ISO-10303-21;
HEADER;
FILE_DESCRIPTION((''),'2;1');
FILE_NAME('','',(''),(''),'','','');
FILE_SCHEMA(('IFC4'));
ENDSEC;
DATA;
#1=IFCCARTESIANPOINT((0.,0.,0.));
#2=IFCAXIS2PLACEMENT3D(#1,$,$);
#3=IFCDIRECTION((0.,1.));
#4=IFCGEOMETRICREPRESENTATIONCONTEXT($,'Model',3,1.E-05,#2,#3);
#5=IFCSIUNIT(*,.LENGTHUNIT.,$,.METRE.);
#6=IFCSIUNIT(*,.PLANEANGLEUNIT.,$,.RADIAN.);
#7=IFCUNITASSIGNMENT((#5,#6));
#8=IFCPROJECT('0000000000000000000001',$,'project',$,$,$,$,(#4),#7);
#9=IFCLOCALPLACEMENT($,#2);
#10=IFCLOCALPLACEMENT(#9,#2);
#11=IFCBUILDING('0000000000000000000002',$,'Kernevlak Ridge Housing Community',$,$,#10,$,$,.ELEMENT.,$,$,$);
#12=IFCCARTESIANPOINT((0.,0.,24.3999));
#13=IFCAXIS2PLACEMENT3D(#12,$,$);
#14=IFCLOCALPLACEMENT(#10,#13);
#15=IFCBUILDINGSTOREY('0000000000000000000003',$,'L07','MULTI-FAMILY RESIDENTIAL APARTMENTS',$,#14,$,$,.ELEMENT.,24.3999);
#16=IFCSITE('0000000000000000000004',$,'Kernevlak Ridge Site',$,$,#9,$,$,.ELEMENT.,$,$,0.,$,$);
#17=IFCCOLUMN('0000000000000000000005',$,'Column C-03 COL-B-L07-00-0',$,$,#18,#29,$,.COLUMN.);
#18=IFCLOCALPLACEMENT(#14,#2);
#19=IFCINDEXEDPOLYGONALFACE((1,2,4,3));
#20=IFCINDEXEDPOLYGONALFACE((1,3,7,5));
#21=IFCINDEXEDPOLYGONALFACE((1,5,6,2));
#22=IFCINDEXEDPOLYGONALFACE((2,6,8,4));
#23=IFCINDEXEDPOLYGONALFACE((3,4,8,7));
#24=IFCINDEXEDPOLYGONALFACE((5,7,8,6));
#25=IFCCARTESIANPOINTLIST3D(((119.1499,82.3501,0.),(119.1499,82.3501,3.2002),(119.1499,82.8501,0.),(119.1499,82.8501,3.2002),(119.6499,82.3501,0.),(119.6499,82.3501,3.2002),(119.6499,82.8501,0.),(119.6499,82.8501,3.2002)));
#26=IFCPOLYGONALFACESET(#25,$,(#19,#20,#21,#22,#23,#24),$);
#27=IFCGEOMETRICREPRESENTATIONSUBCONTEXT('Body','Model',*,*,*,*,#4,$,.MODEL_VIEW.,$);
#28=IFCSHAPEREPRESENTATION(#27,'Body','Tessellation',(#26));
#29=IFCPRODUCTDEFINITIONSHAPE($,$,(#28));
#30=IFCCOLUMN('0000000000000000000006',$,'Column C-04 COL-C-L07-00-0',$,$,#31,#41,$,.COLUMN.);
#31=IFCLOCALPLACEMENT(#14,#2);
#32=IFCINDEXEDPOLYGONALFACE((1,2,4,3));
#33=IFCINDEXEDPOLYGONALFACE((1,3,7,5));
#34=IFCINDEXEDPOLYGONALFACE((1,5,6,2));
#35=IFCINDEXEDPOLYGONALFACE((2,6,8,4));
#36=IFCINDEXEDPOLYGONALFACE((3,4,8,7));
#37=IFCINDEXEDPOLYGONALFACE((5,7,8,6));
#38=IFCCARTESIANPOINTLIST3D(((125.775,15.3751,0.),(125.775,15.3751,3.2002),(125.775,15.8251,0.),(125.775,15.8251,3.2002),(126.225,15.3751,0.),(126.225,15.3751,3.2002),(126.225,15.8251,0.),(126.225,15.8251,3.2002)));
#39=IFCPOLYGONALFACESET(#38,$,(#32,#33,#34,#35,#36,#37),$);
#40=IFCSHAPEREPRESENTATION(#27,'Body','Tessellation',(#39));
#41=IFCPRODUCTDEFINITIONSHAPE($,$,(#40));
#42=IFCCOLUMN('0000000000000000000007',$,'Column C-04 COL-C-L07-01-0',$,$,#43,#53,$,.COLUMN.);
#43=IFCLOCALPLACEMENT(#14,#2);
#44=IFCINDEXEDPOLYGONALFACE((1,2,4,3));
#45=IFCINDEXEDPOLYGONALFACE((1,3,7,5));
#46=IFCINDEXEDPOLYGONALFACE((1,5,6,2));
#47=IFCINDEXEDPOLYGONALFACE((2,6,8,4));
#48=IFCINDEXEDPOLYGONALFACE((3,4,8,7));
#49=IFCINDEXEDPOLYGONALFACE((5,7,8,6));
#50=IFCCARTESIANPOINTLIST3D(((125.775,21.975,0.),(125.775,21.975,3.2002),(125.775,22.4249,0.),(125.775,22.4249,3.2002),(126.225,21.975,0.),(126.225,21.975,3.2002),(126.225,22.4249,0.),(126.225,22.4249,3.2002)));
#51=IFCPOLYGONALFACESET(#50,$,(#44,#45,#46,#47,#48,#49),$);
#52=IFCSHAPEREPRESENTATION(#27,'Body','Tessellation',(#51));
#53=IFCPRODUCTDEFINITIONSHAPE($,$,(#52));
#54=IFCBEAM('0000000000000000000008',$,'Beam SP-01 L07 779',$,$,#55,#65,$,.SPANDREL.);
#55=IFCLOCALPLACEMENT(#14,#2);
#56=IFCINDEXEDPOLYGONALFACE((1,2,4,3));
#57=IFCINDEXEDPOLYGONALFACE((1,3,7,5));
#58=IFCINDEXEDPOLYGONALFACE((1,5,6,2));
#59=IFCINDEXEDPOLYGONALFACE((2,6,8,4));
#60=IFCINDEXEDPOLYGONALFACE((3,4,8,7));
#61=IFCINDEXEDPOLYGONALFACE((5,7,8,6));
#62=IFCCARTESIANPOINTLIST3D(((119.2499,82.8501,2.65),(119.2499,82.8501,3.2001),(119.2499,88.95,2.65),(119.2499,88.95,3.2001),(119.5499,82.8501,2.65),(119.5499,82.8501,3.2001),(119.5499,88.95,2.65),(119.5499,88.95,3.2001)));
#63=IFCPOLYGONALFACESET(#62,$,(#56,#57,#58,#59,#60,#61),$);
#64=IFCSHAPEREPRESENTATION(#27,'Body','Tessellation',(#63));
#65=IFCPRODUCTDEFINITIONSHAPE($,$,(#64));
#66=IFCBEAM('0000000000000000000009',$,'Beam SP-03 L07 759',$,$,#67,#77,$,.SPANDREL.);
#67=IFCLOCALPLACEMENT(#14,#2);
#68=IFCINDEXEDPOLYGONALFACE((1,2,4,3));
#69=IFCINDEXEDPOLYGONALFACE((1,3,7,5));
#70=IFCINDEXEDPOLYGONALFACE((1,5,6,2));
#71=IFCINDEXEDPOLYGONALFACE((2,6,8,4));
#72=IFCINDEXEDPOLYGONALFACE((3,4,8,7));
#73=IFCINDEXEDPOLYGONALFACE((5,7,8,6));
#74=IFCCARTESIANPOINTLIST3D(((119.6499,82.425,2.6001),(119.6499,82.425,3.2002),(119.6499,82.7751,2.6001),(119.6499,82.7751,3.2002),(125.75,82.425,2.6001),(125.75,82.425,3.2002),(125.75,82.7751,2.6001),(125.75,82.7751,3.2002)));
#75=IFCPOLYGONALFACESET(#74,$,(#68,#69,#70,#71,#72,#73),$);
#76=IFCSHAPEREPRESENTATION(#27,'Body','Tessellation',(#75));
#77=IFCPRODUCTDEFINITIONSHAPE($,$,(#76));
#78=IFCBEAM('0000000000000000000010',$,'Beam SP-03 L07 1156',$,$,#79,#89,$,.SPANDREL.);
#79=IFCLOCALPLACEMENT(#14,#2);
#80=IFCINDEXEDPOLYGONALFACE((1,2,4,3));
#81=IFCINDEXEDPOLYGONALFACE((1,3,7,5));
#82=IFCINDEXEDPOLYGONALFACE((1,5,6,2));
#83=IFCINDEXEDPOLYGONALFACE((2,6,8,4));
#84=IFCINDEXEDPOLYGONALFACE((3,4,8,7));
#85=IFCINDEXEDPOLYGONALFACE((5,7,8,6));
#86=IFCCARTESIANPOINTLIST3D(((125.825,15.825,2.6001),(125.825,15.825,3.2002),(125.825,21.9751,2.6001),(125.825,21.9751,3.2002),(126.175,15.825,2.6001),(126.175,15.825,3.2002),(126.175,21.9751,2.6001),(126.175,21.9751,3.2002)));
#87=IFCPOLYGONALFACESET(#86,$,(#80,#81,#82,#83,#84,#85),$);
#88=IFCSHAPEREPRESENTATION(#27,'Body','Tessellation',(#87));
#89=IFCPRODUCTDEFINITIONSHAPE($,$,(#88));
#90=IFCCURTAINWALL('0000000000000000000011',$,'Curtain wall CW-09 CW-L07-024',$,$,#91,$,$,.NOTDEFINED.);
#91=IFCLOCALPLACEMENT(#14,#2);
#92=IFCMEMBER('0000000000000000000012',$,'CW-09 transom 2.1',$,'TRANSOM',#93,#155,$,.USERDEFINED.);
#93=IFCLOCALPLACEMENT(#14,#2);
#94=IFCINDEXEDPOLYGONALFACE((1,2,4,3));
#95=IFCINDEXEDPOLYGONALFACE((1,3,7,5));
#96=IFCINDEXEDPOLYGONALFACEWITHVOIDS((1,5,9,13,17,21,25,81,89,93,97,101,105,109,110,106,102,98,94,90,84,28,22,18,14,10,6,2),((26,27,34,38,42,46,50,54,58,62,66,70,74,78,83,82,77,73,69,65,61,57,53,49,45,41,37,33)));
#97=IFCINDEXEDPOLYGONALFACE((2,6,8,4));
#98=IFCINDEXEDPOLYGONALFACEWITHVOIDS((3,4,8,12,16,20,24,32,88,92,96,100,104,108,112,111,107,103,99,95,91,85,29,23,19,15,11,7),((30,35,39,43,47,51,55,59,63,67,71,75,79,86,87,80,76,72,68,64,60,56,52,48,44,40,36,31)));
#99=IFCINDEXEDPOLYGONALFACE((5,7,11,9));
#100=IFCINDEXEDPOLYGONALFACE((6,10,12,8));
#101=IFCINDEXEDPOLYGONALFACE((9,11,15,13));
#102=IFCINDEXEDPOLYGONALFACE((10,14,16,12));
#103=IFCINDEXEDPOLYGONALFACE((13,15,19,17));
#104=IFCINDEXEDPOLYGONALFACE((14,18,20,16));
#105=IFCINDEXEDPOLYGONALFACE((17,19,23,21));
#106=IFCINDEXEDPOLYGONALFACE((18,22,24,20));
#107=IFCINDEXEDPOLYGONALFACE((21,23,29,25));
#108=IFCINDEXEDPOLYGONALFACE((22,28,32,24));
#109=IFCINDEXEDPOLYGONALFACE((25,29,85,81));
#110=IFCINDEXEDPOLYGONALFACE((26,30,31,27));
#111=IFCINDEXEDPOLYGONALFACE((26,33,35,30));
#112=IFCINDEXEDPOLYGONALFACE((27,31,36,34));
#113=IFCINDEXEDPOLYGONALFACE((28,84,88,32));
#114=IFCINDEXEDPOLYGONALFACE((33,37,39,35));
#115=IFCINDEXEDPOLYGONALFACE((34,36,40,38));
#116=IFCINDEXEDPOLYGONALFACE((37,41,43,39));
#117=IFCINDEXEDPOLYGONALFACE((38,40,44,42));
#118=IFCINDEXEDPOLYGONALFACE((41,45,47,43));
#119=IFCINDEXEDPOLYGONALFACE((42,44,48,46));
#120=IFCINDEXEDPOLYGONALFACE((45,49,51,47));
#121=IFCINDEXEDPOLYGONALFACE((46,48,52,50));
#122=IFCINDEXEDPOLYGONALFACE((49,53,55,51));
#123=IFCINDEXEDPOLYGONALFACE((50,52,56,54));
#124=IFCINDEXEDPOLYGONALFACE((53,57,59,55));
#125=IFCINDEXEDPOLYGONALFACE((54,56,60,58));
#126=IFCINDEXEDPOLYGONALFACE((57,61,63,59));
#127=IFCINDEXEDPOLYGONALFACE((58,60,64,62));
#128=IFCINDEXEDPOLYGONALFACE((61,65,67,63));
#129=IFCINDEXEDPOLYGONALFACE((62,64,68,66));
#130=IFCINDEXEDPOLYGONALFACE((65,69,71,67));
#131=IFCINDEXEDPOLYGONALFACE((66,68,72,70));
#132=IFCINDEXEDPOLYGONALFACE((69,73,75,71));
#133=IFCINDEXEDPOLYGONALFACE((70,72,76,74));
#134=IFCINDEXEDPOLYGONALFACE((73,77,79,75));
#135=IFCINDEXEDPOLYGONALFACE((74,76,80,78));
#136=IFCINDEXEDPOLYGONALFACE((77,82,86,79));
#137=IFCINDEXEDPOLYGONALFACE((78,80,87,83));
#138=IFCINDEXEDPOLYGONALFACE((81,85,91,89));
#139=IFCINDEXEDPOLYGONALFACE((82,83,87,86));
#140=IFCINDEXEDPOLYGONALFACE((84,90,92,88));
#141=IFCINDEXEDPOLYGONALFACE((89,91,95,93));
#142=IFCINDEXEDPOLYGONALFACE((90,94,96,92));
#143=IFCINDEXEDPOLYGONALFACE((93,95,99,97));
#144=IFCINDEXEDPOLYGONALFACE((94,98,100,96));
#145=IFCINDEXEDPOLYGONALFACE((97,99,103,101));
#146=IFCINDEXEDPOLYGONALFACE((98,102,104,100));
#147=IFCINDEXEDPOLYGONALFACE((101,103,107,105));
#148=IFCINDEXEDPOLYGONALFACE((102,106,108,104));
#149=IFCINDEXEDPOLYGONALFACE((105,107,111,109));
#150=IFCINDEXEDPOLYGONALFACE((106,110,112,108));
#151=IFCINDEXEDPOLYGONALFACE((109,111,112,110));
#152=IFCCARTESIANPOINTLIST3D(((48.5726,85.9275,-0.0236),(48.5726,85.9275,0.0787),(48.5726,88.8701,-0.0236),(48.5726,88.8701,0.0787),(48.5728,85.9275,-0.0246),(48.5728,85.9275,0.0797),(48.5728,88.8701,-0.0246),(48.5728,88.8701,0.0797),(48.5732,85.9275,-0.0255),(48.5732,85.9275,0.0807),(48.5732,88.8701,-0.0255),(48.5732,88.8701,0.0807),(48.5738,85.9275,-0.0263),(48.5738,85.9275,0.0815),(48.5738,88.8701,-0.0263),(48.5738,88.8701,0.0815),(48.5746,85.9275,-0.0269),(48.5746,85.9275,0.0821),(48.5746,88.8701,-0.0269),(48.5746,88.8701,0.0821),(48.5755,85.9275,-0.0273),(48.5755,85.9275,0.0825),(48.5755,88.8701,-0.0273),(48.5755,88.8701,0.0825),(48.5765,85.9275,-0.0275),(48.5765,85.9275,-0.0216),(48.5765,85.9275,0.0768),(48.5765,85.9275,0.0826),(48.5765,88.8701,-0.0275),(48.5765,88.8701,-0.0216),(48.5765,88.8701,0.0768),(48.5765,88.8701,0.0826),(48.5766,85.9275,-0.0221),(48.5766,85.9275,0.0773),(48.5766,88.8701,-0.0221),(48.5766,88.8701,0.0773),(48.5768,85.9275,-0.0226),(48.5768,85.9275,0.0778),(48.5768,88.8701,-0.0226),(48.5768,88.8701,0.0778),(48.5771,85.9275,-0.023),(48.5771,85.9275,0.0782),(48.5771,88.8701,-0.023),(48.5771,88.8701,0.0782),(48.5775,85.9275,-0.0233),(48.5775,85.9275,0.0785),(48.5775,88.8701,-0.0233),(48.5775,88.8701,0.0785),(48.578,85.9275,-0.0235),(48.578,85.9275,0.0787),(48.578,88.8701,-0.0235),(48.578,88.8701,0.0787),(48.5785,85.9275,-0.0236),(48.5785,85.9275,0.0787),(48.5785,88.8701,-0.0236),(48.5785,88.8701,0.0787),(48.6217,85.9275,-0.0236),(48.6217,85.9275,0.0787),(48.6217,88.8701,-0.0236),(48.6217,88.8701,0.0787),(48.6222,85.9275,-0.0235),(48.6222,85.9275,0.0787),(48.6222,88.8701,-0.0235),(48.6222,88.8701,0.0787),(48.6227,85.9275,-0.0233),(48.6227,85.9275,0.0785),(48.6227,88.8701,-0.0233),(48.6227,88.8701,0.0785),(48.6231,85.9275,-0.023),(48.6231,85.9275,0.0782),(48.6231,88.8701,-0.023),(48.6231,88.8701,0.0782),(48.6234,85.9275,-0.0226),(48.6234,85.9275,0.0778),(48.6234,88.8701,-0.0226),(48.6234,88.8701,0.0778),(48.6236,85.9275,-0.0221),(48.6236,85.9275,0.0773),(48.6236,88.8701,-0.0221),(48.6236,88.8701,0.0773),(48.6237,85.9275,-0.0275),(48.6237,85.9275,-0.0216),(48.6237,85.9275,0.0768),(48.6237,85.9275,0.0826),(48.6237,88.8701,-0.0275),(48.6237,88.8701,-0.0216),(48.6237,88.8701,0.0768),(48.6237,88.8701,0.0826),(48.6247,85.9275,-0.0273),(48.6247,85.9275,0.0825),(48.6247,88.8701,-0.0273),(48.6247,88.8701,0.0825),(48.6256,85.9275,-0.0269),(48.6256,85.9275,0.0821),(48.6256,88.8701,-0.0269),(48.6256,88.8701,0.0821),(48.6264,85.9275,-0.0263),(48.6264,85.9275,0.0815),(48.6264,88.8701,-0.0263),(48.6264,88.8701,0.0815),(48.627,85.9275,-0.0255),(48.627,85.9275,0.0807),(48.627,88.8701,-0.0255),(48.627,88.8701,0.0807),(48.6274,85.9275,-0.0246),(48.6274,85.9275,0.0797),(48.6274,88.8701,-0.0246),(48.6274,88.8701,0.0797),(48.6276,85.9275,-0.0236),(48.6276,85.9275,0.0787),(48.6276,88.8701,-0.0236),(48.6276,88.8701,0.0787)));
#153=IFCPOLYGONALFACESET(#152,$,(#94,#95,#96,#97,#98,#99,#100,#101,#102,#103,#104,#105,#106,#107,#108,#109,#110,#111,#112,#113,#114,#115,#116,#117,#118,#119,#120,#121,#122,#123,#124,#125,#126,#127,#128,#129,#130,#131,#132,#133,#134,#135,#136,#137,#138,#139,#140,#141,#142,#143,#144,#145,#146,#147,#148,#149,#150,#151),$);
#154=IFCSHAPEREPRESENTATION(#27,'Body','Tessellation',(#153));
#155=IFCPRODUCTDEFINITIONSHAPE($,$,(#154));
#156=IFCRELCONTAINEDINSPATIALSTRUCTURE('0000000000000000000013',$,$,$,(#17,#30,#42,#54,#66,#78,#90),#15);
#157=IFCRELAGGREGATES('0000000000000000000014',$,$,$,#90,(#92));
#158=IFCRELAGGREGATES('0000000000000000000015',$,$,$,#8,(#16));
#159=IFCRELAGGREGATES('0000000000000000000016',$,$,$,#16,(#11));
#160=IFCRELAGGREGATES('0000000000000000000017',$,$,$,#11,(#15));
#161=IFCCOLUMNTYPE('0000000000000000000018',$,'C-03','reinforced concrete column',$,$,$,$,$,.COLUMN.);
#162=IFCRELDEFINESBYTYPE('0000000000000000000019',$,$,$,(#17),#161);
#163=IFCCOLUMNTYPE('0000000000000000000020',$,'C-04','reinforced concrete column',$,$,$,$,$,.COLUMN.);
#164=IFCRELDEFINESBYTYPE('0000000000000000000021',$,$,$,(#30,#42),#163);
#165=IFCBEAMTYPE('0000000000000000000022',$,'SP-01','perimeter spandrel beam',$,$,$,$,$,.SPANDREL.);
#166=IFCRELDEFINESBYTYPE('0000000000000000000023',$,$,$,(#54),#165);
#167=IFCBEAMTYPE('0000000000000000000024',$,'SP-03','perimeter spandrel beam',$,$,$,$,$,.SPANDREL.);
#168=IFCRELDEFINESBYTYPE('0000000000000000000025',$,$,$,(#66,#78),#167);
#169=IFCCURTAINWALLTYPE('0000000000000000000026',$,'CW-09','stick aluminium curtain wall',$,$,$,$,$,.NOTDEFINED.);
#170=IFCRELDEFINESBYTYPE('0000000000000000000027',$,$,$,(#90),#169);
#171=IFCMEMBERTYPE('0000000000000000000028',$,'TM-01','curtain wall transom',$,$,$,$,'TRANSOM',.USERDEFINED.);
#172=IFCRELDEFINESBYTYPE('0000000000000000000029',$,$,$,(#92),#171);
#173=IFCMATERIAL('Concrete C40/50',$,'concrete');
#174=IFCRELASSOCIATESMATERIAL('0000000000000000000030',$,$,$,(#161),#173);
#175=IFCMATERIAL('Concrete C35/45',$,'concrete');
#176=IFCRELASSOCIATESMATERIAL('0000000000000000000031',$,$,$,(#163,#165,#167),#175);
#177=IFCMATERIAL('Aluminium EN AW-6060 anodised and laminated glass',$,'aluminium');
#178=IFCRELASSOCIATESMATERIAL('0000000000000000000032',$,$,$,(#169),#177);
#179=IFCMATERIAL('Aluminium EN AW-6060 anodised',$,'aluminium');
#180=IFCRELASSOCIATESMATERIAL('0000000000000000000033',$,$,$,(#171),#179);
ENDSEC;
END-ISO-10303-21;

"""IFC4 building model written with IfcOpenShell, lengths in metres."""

from ifc_helpers import new_model, si_unit, direction, frame, origin, origin_2d, place, context, subcontext, project, spatial, rectangle, hollow_rectangle, extrude, material, material_profile, profile_set, type_object, element, aggregate, save


model = new_model("IFC4")

# Units and contexts
model_context = context("Model", 3, precision=1e-05, world=origin(), true_north=direction((0.0, 1.0)))
body_context = subcontext(model_context, "Body", "Model", "MODEL_VIEW")
ifc_project = project(units=[si_unit("LENGTHUNIT", "METRE"), si_unit("PLANEANGLEUNIT", "RADIAN")], contexts=[model_context])

# Site, building, storey
site_placement = place(None, origin())
site = spatial("IfcSite", under=ifc_project, at=site_placement, Name="Kernevlak Ridge Site", CompositionType="ELEMENT", RefElevation=0.0)
building_placement = place(site_placement, origin())
building = spatial("IfcBuilding", under=site, at=building_placement, Name="Kernevlak Ridge Housing Community", CompositionType="ELEMENT")
storey_placement = place(building_placement, frame((0.0, 0.0, 24.3999)))
storey = spatial("IfcBuildingStorey", under=building, at=storey_placement, Name="L07", Description="MULTI-FAMILY RESIDENTIAL APARTMENTS", CompositionType="ELEMENT", Elevation=24.3999)

# Columns
ifc_material_1 = material(Name="Concrete C40/50", Category="concrete")
ifc_material_profile_1 = material_profile(ifc_material_1, rectangle(XDim=0.5, YDim=0.5, at=origin_2d()), Name="RC 500x500")
ifc_profile_set_1 = profile_set([ifc_material_profile_1], Name="Concrete C40/50")
column_type_1 = type_object("IfcColumnType", Name="C-03", Description="reinforced concrete column", PredefinedType="COLUMN", material=ifc_profile_set_1)
column_placement = place(storey_placement, frame((119.3999, 82.6001, 0.0), z_axis=(0.0, 0.0, 1.0), x_axis=(1.0, 0.0, 0.0)))
element("IfcColumn", 1, at=column_placement, inside=storey, type_object=column_type_1, Name="Column C-03 COL-B-L07-00-0", PredefinedType="COLUMN", context=body_context, shape_type="SweptSolid", body=[
    extrude(rectangle(XDim=0.5, YDim=0.5, at=origin_2d()), origin(), (0.0, 0.0, 1.0), 3.2002),
])
ifc_material_2 = material(Name="Concrete C35/45", Category="concrete")
ifc_material_profile_2 = material_profile(ifc_material_2, rectangle(XDim=0.45, YDim=0.45, at=origin_2d()), Name="RC 450x450")
ifc_profile_set_2 = profile_set([ifc_material_profile_2], Name="Concrete C35/45")
column_type_2 = type_object("IfcColumnType", Name="C-04", Description="reinforced concrete column", PredefinedType="COLUMN", material=ifc_profile_set_2)
for number, where, z_axis, x_axis, name in (
    (2, (126.0, 15.6001, 0.0), (0.0, 0.0, 1.0), (1.0, 0.0, 0.0), "Column C-04 COL-C-L07-00-0"),
    (3, (126.0, 22.2, 0.0), (0.0, 0.0, 1.0), (1.0, 0.0, 0.0), "Column C-04 COL-C-L07-01-0"),
):
    element("IfcColumn", number, at=place(storey_placement, frame(where, z_axis=z_axis, x_axis=x_axis)), inside=storey, type_object=column_type_2, Name=name, PredefinedType="COLUMN", context=body_context, shape_type="SweptSolid", body=[
        extrude(rectangle(XDim=0.45, YDim=0.45, at=origin_2d()), origin(), (0.0, 0.0, 1.0), 3.2002),
    ])

# Beams
ifc_material_profile_3 = material_profile(ifc_material_2, rectangle(XDim=0.3, YDim=0.55, at=origin_2d()), Name="RC 300x550")
ifc_profile_set_3 = profile_set([ifc_material_profile_3], Name="Concrete C35/45")
beam_type_1 = type_object("IfcBeamType", Name="SP-01", Description="perimeter spandrel beam", PredefinedType="SPANDREL", material=ifc_profile_set_3)
beam_1_placement = place(storey_placement, frame((119.3999, 82.8501, 2.925), z_axis=(0.0, 1.0, 0.0), x_axis=(-1.0, 0.0, 0.0)))
element("IfcBeam", 4, at=beam_1_placement, inside=storey, type_object=beam_type_1, Name="Beam SP-01 L07 779", PredefinedType="SPANDREL", context=body_context, shape_type="SweptSolid", body=[
    extrude(rectangle(XDim=0.3, YDim=0.55, at=origin_2d()), origin(), (0.0, 0.0, 1.0), 6.0999),
])
ifc_material_profile_4 = material_profile(ifc_material_2, rectangle(XDim=0.3501, YDim=0.6001, at=origin_2d()), Name="RC 350x600")
ifc_profile_set_4 = profile_set([ifc_material_profile_4], Name="Concrete C35/45")
beam_type_2 = type_object("IfcBeamType", Name="SP-03", Description="perimeter spandrel beam", PredefinedType="SPANDREL", material=ifc_profile_set_4)
beam_2_placement = place(storey_placement, frame((119.6499, 82.6001, 2.9001), z_axis=(1.0, 0.0, 0.0), x_axis=(0.0, 1.0, 0.0)))
element("IfcBeam", 5, at=beam_2_placement, inside=storey, type_object=beam_type_2, Name="Beam SP-03 L07 759", PredefinedType="SPANDREL", context=body_context, shape_type="SweptSolid", body=[
    extrude(rectangle(XDim=0.3501, YDim=0.6001, at=origin_2d()), origin(), (0.0, 0.0, 1.0), 6.1001),
])
beam_3_placement = place(storey_placement, frame((126.0, 15.825, 2.9001), z_axis=(0.0, 1.0, 0.0), x_axis=(-1.0, 0.0, 0.0)))
element("IfcBeam", 6, at=beam_3_placement, inside=storey, type_object=beam_type_2, Name="Beam SP-03 L07 1156", PredefinedType="SPANDREL", context=body_context, shape_type="SweptSolid", body=[
    extrude(rectangle(XDim=0.3501, YDim=0.6001, at=origin_2d()), origin(), (0.0, 0.0, 1.0), 6.1501),
])

# Curtain wall, member
ifc_material_3 = material(Name="Aluminium EN AW-6060 anodised and laminated glass", Category="aluminium")
curtain_wall_type = type_object("IfcCurtainWallType", Name="CW-09", Description="stick aluminium curtain wall", PredefinedType="NOTDEFINED", material=ifc_material_3)
curtain_wall_placement = place(storey_placement, origin())
curtain_wall = element("IfcCurtainWall", 7, at=curtain_wall_placement, inside=storey, type_object=curtain_wall_type, Name="Curtain wall CW-09 CW-L07-024", PredefinedType="NOTDEFINED")
ifc_material_4 = material(Name="Aluminium EN AW-6060 anodised", Category="aluminium")
ifc_material_profile_5 = material_profile(ifc_material_4, hollow_rectangle(XDim=0.0549, YDim=0.1101, WallThickness=0.0039, InnerFilletRadius=0.002, OuterFilletRadius=0.0039, at=origin_2d()), Name="ALU 55x110x4")
ifc_profile_set_5 = profile_set([ifc_material_profile_5], Name="Aluminium EN AW-6060 anodised")
member_type = type_object("IfcMemberType", Name="TM-01", Description="curtain wall transom", ElementType="TRANSOM", PredefinedType="USERDEFINED", material=ifc_profile_set_5)
member_1_placement = place(storey_placement, frame((48.6001, 85.9275, 0.0276), z_axis=(0.0, 1.0, 0.0), x_axis=(-1.0, 0.0, 0.0)))
member_1 = element("IfcMember", 8, at=member_1_placement, type_object=member_type, Name="CW-09 transom 2.1", ObjectType="TRANSOM", PredefinedType="USERDEFINED", context=body_context, shape_type="SweptSolid", body=[
    extrude(hollow_rectangle(XDim=0.0549, YDim=0.1101, WallThickness=0.0039, InnerFilletRadius=0.002, OuterFilletRadius=0.0039, at=origin_2d()), origin(), (0.0, 0.0, 1.0), 2.9426),
])
aggregate(curtain_wall, [member_1])

save(model, "model.ifc")
